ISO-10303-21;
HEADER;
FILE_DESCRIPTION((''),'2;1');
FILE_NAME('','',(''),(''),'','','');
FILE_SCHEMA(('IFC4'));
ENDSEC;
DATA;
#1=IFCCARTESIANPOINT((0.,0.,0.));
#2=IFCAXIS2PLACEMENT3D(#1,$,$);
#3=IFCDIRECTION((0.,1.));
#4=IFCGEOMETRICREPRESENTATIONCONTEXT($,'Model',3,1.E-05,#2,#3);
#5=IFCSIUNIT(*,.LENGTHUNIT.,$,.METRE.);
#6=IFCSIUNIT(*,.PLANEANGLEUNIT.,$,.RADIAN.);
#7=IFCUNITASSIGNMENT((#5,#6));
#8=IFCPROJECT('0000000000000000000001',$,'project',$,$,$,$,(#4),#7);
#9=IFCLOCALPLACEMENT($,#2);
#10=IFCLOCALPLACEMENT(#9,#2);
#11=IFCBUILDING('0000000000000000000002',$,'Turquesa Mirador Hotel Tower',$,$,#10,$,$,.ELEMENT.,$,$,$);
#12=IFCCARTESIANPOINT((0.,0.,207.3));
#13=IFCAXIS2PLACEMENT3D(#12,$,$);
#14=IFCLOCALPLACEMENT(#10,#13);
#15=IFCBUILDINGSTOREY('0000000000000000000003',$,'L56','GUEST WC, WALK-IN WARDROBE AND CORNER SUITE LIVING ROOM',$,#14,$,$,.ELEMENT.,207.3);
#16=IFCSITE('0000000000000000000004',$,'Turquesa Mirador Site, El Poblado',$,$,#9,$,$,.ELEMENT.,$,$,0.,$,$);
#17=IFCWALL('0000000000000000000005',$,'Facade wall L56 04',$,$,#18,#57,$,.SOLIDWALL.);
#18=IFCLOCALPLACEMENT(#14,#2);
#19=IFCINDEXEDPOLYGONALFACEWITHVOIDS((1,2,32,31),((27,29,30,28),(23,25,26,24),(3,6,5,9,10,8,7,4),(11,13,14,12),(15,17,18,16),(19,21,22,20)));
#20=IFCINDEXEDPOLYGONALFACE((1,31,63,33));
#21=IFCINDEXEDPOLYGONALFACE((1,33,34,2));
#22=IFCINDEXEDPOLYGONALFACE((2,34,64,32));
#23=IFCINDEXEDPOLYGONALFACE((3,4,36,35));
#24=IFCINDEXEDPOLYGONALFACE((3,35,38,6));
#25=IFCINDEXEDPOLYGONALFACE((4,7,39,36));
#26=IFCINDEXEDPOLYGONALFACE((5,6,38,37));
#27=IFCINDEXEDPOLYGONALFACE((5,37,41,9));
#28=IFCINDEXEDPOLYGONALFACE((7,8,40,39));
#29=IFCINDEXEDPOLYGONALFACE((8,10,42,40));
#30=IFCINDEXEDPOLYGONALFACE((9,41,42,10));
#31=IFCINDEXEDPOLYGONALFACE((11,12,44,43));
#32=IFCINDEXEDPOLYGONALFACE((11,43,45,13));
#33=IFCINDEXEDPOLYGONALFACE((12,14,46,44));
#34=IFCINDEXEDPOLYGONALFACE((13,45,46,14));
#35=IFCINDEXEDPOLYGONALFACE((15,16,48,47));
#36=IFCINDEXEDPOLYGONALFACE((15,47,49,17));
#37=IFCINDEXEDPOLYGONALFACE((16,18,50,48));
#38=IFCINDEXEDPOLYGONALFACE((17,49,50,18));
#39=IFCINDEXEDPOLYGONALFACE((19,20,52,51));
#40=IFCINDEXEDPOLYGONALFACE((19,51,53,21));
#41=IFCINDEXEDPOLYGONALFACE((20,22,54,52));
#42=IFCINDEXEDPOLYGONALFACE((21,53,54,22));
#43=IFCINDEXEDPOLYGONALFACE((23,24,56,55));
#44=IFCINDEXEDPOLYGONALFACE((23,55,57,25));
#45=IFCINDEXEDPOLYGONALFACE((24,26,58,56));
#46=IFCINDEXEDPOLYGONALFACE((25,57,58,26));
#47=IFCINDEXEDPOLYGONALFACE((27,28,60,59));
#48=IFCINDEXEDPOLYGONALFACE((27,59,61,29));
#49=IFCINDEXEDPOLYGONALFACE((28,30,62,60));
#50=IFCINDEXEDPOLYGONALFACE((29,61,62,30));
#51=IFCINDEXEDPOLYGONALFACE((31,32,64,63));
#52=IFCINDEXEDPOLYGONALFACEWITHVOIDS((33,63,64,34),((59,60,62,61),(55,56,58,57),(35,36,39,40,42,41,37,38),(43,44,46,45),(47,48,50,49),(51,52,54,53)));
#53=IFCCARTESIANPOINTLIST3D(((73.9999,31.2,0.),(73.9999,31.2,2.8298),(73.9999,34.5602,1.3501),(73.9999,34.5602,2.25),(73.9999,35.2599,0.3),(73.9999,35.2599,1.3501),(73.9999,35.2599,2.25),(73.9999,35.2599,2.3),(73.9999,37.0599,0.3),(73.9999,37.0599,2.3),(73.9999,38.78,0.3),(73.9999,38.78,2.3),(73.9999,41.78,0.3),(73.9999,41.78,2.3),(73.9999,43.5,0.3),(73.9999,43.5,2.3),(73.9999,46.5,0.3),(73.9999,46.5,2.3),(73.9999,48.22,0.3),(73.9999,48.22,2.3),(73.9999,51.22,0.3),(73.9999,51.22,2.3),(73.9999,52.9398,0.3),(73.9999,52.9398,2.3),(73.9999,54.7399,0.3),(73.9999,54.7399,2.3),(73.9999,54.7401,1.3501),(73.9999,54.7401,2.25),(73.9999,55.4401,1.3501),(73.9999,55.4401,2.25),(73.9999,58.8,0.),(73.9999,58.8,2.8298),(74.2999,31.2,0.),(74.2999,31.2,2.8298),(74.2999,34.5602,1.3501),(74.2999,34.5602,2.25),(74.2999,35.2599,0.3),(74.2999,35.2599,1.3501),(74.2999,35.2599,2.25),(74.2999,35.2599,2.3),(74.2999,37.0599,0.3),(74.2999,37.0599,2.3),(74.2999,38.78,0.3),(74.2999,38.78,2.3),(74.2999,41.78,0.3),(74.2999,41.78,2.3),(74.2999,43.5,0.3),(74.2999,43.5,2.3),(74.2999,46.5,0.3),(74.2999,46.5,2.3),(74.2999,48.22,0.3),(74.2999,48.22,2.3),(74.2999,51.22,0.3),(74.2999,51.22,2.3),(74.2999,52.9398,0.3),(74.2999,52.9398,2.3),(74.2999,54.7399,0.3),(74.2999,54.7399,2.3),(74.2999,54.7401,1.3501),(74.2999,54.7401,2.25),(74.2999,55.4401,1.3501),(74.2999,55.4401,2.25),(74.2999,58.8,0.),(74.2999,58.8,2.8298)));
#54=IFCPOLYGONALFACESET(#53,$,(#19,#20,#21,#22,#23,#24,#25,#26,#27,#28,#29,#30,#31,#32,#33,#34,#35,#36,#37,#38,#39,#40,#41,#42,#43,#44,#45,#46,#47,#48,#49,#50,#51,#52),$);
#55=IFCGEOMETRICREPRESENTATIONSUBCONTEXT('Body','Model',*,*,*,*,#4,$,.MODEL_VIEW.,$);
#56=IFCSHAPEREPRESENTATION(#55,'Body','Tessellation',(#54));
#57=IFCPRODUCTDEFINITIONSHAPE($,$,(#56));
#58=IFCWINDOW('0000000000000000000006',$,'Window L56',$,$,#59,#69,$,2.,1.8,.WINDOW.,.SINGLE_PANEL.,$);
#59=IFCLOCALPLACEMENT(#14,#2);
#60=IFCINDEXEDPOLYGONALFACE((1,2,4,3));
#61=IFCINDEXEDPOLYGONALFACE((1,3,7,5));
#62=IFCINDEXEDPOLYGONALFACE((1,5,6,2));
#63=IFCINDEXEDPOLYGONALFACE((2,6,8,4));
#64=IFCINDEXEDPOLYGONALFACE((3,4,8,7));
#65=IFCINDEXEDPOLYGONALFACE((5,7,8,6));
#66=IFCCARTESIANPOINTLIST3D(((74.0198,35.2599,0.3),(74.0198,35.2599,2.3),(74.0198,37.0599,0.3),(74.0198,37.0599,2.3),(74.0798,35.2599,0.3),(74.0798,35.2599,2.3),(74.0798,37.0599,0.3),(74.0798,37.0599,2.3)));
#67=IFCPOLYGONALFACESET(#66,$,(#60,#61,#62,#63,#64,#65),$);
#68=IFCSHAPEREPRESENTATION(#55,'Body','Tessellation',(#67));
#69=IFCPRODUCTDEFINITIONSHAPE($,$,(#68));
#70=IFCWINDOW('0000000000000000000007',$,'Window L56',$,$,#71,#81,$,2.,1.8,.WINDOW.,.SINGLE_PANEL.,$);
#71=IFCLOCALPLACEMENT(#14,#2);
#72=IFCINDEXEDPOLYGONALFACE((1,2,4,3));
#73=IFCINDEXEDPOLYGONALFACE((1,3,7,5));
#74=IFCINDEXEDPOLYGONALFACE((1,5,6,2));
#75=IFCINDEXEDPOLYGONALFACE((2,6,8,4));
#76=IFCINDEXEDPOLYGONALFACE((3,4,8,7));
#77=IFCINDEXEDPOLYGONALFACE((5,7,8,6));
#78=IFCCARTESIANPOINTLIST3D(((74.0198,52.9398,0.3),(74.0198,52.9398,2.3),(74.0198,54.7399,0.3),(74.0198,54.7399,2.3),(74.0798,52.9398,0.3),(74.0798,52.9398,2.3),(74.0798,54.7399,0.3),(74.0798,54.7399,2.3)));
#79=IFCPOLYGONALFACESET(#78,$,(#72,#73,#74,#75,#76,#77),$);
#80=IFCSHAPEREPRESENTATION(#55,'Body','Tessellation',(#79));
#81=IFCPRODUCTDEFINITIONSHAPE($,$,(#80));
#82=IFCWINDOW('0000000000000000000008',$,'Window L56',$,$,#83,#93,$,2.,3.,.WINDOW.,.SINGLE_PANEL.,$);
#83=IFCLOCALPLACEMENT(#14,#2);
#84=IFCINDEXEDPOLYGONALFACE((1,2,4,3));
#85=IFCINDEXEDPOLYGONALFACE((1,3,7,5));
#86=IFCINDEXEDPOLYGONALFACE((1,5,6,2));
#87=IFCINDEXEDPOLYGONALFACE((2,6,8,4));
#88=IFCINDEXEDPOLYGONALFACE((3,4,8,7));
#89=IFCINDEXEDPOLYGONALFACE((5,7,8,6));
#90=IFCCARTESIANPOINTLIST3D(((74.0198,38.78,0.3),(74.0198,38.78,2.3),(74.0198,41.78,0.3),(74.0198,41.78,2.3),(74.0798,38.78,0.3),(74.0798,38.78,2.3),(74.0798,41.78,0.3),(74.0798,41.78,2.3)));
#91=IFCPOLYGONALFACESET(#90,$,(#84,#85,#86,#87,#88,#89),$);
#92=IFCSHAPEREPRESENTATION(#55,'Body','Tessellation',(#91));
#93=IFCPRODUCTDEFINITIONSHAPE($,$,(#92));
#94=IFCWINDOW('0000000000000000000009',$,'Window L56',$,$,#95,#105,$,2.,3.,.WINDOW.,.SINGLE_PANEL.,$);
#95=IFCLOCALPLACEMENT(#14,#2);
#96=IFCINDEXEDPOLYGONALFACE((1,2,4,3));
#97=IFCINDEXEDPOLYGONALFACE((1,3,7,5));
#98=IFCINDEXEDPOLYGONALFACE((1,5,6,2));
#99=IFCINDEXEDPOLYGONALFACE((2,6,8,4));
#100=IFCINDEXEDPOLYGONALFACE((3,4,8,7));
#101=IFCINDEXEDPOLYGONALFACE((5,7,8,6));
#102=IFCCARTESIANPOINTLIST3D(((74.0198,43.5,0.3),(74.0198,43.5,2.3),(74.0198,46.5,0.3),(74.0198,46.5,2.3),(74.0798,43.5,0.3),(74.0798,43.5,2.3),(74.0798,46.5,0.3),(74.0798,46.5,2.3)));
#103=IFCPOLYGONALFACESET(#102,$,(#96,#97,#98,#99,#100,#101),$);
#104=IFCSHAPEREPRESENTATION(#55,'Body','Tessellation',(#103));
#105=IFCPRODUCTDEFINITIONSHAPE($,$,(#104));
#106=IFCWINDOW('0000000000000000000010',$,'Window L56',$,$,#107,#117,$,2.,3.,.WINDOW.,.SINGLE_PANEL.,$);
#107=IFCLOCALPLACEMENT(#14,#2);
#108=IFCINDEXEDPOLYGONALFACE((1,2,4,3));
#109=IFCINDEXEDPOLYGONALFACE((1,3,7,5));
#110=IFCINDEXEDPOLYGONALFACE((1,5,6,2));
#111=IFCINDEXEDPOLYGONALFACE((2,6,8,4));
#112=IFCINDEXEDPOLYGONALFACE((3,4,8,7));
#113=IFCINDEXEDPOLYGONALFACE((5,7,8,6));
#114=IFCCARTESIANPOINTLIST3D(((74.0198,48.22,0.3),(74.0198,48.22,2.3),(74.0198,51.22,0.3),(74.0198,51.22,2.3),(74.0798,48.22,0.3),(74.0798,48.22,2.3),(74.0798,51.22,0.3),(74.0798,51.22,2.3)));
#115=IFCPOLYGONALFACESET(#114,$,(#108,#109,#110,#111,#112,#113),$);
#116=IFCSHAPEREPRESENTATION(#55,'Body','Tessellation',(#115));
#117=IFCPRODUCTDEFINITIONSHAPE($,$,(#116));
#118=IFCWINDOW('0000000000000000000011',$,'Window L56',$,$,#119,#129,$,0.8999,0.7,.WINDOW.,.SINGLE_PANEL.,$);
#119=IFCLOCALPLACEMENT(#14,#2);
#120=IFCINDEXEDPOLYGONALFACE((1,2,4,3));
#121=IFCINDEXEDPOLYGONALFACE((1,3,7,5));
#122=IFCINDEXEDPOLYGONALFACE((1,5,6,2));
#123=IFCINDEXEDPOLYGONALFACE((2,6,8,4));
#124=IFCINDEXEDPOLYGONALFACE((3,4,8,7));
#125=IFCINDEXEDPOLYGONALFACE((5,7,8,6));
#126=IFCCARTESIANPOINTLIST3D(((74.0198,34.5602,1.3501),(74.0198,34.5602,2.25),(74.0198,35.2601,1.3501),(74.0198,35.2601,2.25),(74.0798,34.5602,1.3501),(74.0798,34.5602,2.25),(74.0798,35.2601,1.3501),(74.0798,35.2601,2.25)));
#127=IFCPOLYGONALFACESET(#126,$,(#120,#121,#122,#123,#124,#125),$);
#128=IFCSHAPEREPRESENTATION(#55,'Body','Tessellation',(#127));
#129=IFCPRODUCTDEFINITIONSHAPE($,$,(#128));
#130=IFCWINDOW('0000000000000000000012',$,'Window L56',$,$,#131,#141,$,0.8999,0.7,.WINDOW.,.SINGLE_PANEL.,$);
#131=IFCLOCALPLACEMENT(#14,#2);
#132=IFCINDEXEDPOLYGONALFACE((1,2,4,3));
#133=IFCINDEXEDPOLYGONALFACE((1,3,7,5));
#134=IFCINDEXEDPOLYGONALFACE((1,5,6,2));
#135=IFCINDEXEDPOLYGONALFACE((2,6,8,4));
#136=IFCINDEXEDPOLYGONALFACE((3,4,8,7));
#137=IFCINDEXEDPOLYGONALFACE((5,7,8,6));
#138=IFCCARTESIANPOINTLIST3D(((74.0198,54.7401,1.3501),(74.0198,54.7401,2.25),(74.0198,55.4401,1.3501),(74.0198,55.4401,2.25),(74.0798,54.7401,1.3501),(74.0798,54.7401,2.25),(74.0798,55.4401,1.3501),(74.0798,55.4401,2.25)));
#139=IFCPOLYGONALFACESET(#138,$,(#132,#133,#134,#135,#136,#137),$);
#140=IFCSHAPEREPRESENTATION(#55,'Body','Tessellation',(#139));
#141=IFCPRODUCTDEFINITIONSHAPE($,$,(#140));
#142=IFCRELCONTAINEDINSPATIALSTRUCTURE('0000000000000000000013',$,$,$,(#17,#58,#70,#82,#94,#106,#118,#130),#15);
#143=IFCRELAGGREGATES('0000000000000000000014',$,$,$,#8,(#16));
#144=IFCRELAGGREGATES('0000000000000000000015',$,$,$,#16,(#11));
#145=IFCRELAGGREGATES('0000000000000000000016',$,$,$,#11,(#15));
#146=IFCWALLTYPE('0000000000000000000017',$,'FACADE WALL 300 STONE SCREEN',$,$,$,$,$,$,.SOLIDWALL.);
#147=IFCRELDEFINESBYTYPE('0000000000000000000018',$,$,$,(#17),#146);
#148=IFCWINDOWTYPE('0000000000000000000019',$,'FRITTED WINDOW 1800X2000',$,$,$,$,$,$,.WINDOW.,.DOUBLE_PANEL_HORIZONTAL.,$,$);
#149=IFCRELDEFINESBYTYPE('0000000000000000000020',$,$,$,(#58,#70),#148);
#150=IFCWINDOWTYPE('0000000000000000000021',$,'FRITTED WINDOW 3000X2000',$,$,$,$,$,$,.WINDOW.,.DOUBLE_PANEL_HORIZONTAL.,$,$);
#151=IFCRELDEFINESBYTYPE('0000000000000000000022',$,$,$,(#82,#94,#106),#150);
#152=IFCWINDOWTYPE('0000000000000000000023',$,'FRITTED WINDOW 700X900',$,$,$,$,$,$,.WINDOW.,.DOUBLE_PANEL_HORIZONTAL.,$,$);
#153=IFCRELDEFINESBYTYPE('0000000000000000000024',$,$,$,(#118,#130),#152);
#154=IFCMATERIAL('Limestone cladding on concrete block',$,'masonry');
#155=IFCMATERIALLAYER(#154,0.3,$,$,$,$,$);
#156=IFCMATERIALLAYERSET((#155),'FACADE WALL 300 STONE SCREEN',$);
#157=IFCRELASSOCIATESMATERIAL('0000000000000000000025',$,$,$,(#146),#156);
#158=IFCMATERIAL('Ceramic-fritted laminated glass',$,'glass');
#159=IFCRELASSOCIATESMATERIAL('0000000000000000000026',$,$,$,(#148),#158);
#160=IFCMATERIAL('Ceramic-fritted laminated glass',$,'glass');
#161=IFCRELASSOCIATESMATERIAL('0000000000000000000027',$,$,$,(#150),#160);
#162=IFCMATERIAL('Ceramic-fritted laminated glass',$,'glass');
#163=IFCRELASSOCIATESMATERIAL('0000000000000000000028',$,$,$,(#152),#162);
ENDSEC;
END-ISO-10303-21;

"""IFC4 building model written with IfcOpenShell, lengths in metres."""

from ifc_helpers import new_model, si_unit, direction, frame, frame_2d, origin, place, context, subcontext, project, spatial, rectangle, extrude, material, layer, layer_set, type_object, element, fill, save


model = new_model("IFC4")

# Units and contexts
model_context = context("Model", 3, precision=1e-05, world=origin(), true_north=direction((0.0, 1.0)))
body_context = subcontext(model_context, "Body", "Model", "MODEL_VIEW")
ifc_project = project(units=[si_unit("LENGTHUNIT", "METRE"), si_unit("PLANEANGLEUNIT", "RADIAN")], contexts=[model_context])

# Site, building, storey
site_placement = place(None, origin())
site = spatial("IfcSite", under=ifc_project, at=site_placement, Name="Turquesa Mirador Site, El Poblado", CompositionType="ELEMENT", RefElevation=0.0)
building_placement = place(site_placement, origin())
building = spatial("IfcBuilding", under=site, at=building_placement, Name="Turquesa Mirador Hotel Tower", CompositionType="ELEMENT")
storey_placement = place(building_placement, frame((0.0, 0.0, 207.3)))
storey = spatial("IfcBuildingStorey", under=building, at=storey_placement, Name="L56", Description="GUEST WC, WALK-IN WARDROBE AND CORNER SUITE LIVING ROOM", CompositionType="ELEMENT", Elevation=207.3)

# Shared definitions
ifc_material_1 = material(Name="Limestone cladding on concrete block", Category="masonry")
ifc_layer_1 = layer(ifc_material_1, 0.3)
ifc_layer_set_1 = layer_set([ifc_layer_1], Name="FACADE WALL 300 STONE SCREEN")
wall_type_1 = type_object("IfcWallType", Name="FACADE WALL 300 STONE SCREEN", PredefinedType="SOLIDWALL", material=ifc_layer_set_1)

# Wall, openings, windows
wall_1_placement = place(storey_placement, frame((74.1499, 31.2, 0.0), z_axis=(0.0, 0.0, 1.0), x_axis=(0.0, 1.0, 0.0)))
wall_1 = element("IfcWall", 1, at=wall_1_placement, inside=storey, type_object=wall_type_1, Name="Facade wall L56 04", PredefinedType="SOLIDWALL", context=body_context, shape_type="SweptSolid", body=[
    extrude(rectangle(XDim=27.6001, YDim=0.3, at=frame_2d((13.8, 0.0))), origin(), (0.0, 0.0, 1.0), 2.8298),
])
opening_1_placement = place(wall_1_placement, frame((4.0601, 0.0, 0.3)))
opening_1 = element("IfcOpeningElement", 2, at=opening_1_placement, cuts=wall_1, PredefinedType="OPENING", context=body_context, shape_type="SweptSolid", body=[
    extrude(rectangle(XDim=1.8, YDim=2.0, at=frame_2d((0.8999, 1.0))), frame((0.0, 0.1599, 0.0), z_axis=(0.0, -1.0, 0.0), x_axis=(1.0, 0.0, 0.0)), (0.0, 0.0, 1.0), 0.3201),
])
opening_2_placement = place(wall_1_placement, frame((7.5801, 0.0, 0.3)))
opening_2 = element("IfcOpeningElement", 3, at=opening_2_placement, cuts=wall_1, PredefinedType="OPENING", context=body_context, shape_type="SweptSolid", body=[
    extrude(rectangle(XDim=3.0, YDim=2.0, at=frame_2d((1.5, 1.0))), frame((0.0, 0.1599, 0.0), z_axis=(0.0, -1.0, 0.0), x_axis=(1.0, 0.0, 0.0)), (0.0, 0.0, 1.0), 0.3201),
])
opening_3_placement = place(wall_1_placement, frame((12.3, 0.0, 0.3)))
opening_3 = element("IfcOpeningElement", 4, at=opening_3_placement, cuts=wall_1, PredefinedType="OPENING", context=body_context, shape_type="SweptSolid", body=[
    extrude(rectangle(XDim=3.0, YDim=2.0, at=frame_2d((1.5, 1.0))), frame((0.0, 0.1599, 0.0), z_axis=(0.0, -1.0, 0.0), x_axis=(1.0, 0.0, 0.0)), (0.0, 0.0, 1.0), 0.3201),
])
opening_4_placement = place(wall_1_placement, frame((17.02, 0.0, 0.3)))
opening_4 = element("IfcOpeningElement", 5, at=opening_4_placement, cuts=wall_1, PredefinedType="OPENING", context=body_context, shape_type="SweptSolid", body=[
    extrude(rectangle(XDim=3.0, YDim=2.0, at=frame_2d((1.5, 1.0))), frame((0.0, 0.1599, 0.0), z_axis=(0.0, -1.0, 0.0), x_axis=(1.0, 0.0, 0.0)), (0.0, 0.0, 1.0), 0.3201),
])
opening_5_placement = place(wall_1_placement, frame((21.74, 0.0, 0.3)))
opening_5 = element("IfcOpeningElement", 6, at=opening_5_placement, cuts=wall_1, PredefinedType="OPENING", context=body_context, shape_type="SweptSolid", body=[
    extrude(rectangle(XDim=1.8, YDim=2.0, at=frame_2d((0.8999, 1.0))), frame((0.0, 0.1599, 0.0), z_axis=(0.0, -1.0, 0.0), x_axis=(1.0, 0.0, 0.0)), (0.0, 0.0, 1.0), 0.3201),
])
opening_6_placement = place(wall_1_placement, frame((3.3601, 0.0, 1.3501)))
opening_6 = element("IfcOpeningElement", 7, at=opening_6_placement, cuts=wall_1, PredefinedType="OPENING", context=body_context, shape_type="SweptSolid", body=[
    extrude(rectangle(XDim=0.7, YDim=0.8999, at=frame_2d((0.3501, 0.45))), frame((0.0, 0.1599, 0.0), z_axis=(0.0, -1.0, 0.0), x_axis=(1.0, 0.0, 0.0)), (0.0, 0.0, 1.0), 0.3201),
])
opening_7_placement = place(wall_1_placement, frame((23.54, 0.0, 1.3501)))
opening_7 = element("IfcOpeningElement", 8, at=opening_7_placement, cuts=wall_1, PredefinedType="OPENING", context=body_context, shape_type="SweptSolid", body=[
    extrude(rectangle(XDim=0.7, YDim=0.8999, at=frame_2d((0.3501, 0.45))), frame((0.0, 0.1599, 0.0), z_axis=(0.0, -1.0, 0.0), x_axis=(1.0, 0.0, 0.0)), (0.0, 0.0, 1.0), 0.3201),
])
ifc_material_2 = material(Name="Ceramic-fritted laminated glass", Category="glass")
window_type_1 = type_object("IfcWindowType", Name="FRITTED WINDOW 1800X2000", PartitioningType="DOUBLE_PANEL_HORIZONTAL", PredefinedType="WINDOW", material=ifc_material_2)
window_1_placement = place(opening_1_placement, origin())
window_1 = element("IfcWindow", 9, at=window_1_placement, inside=storey, type_object=window_type_1, Name="Window L56", OverallHeight=2.0, OverallWidth=1.8, PartitioningType="SINGLE_PANEL", PredefinedType="WINDOW", context=body_context, shape_type="SweptSolid", body=[
    extrude(rectangle(XDim=1.8, YDim=2.0, at=frame_2d((0.8999, 1.0))), frame((0.0, 0.1301, 0.0), z_axis=(0.0, -1.0, 0.0), x_axis=(1.0, 0.0, 0.0)), (0.0, 0.0, 1.0), 0.0601),
])
fill(opening_1, window_1)
window_2_placement = place(opening_5_placement, origin())
window_2 = element("IfcWindow", 10, at=window_2_placement, inside=storey, type_object=window_type_1, Name="Window L56", OverallHeight=2.0, OverallWidth=1.8, PartitioningType="SINGLE_PANEL", PredefinedType="WINDOW", context=body_context, shape_type="SweptSolid", body=[
    extrude(rectangle(XDim=1.8, YDim=2.0, at=frame_2d((0.8999, 1.0))), frame((0.0, 0.1301, 0.0), z_axis=(0.0, -1.0, 0.0), x_axis=(1.0, 0.0, 0.0)), (0.0, 0.0, 1.0), 0.0601),
])
fill(opening_5, window_2)
ifc_material_3 = material(Name="Ceramic-fritted laminated glass", Category="glass")
window_type_2 = type_object("IfcWindowType", Name="FRITTED WINDOW 3000X2000", PartitioningType="DOUBLE_PANEL_HORIZONTAL", PredefinedType="WINDOW", material=ifc_material_3)
window_3_placement = place(opening_2_placement, origin())
window_3 = element("IfcWindow", 11, at=window_3_placement, inside=storey, type_object=window_type_2, Name="Window L56", OverallHeight=2.0, OverallWidth=3.0, PartitioningType="SINGLE_PANEL", PredefinedType="WINDOW", context=body_context, shape_type="SweptSolid", body=[
    extrude(rectangle(XDim=3.0, YDim=2.0, at=frame_2d((1.5, 1.0))), frame((0.0, 0.1301, 0.0), z_axis=(0.0, -1.0, 0.0), x_axis=(1.0, 0.0, 0.0)), (0.0, 0.0, 1.0), 0.0601),
])
fill(opening_2, window_3)
window_4_placement = place(opening_3_placement, origin())
window_4 = element("IfcWindow", 12, at=window_4_placement, inside=storey, type_object=window_type_2, Name="Window L56", OverallHeight=2.0, OverallWidth=3.0, PartitioningType="SINGLE_PANEL", PredefinedType="WINDOW", context=body_context, shape_type="SweptSolid", body=[
    extrude(rectangle(XDim=3.0, YDim=2.0, at=frame_2d((1.5, 1.0))), frame((0.0, 0.1301, 0.0), z_axis=(0.0, -1.0, 0.0), x_axis=(1.0, 0.0, 0.0)), (0.0, 0.0, 1.0), 0.0601),
])
fill(opening_3, window_4)
window_5_placement = place(opening_4_placement, origin())
window_5 = element("IfcWindow", 13, at=window_5_placement, inside=storey, type_object=window_type_2, Name="Window L56", OverallHeight=2.0, OverallWidth=3.0, PartitioningType="SINGLE_PANEL", PredefinedType="WINDOW", context=body_context, shape_type="SweptSolid", body=[
    extrude(rectangle(XDim=3.0, YDim=2.0, at=frame_2d((1.5, 1.0))), frame((0.0, 0.1301, 0.0), z_axis=(0.0, -1.0, 0.0), x_axis=(1.0, 0.0, 0.0)), (0.0, 0.0, 1.0), 0.0601),
])
fill(opening_4, window_5)
ifc_material_4 = material(Name="Ceramic-fritted laminated glass", Category="glass")
window_type_3 = type_object("IfcWindowType", Name="FRITTED WINDOW 700X900", PartitioningType="DOUBLE_PANEL_HORIZONTAL", PredefinedType="WINDOW", material=ifc_material_4)
window_6_placement = place(opening_6_placement, origin())
window_6 = element("IfcWindow", 14, at=window_6_placement, inside=storey, type_object=window_type_3, Name="Window L56", OverallHeight=0.8999, OverallWidth=0.7, PartitioningType="SINGLE_PANEL", PredefinedType="WINDOW", context=body_context, shape_type="SweptSolid", body=[
    extrude(rectangle(XDim=0.7, YDim=0.8999, at=frame_2d((0.3501, 0.45))), frame((0.0, 0.1301, 0.0), z_axis=(0.0, -1.0, 0.0), x_axis=(1.0, 0.0, 0.0)), (0.0, 0.0, 1.0), 0.0601),
])
fill(opening_6, window_6)
window_7_placement = place(opening_7_placement, origin())
window_7 = element("IfcWindow", 15, at=window_7_placement, inside=storey, type_object=window_type_3, Name="Window L56", OverallHeight=0.8999, OverallWidth=0.7, PartitioningType="SINGLE_PANEL", PredefinedType="WINDOW", context=body_context, shape_type="SweptSolid", body=[
    extrude(rectangle(XDim=0.7, YDim=0.8999, at=frame_2d((0.3501, 0.45))), frame((0.0, 0.1301, 0.0), z_axis=(0.0, -1.0, 0.0), x_axis=(1.0, 0.0, 0.0)), (0.0, 0.0, 1.0), 0.0601),
])
fill(opening_7, window_7)

save(model, "model.ifc")
